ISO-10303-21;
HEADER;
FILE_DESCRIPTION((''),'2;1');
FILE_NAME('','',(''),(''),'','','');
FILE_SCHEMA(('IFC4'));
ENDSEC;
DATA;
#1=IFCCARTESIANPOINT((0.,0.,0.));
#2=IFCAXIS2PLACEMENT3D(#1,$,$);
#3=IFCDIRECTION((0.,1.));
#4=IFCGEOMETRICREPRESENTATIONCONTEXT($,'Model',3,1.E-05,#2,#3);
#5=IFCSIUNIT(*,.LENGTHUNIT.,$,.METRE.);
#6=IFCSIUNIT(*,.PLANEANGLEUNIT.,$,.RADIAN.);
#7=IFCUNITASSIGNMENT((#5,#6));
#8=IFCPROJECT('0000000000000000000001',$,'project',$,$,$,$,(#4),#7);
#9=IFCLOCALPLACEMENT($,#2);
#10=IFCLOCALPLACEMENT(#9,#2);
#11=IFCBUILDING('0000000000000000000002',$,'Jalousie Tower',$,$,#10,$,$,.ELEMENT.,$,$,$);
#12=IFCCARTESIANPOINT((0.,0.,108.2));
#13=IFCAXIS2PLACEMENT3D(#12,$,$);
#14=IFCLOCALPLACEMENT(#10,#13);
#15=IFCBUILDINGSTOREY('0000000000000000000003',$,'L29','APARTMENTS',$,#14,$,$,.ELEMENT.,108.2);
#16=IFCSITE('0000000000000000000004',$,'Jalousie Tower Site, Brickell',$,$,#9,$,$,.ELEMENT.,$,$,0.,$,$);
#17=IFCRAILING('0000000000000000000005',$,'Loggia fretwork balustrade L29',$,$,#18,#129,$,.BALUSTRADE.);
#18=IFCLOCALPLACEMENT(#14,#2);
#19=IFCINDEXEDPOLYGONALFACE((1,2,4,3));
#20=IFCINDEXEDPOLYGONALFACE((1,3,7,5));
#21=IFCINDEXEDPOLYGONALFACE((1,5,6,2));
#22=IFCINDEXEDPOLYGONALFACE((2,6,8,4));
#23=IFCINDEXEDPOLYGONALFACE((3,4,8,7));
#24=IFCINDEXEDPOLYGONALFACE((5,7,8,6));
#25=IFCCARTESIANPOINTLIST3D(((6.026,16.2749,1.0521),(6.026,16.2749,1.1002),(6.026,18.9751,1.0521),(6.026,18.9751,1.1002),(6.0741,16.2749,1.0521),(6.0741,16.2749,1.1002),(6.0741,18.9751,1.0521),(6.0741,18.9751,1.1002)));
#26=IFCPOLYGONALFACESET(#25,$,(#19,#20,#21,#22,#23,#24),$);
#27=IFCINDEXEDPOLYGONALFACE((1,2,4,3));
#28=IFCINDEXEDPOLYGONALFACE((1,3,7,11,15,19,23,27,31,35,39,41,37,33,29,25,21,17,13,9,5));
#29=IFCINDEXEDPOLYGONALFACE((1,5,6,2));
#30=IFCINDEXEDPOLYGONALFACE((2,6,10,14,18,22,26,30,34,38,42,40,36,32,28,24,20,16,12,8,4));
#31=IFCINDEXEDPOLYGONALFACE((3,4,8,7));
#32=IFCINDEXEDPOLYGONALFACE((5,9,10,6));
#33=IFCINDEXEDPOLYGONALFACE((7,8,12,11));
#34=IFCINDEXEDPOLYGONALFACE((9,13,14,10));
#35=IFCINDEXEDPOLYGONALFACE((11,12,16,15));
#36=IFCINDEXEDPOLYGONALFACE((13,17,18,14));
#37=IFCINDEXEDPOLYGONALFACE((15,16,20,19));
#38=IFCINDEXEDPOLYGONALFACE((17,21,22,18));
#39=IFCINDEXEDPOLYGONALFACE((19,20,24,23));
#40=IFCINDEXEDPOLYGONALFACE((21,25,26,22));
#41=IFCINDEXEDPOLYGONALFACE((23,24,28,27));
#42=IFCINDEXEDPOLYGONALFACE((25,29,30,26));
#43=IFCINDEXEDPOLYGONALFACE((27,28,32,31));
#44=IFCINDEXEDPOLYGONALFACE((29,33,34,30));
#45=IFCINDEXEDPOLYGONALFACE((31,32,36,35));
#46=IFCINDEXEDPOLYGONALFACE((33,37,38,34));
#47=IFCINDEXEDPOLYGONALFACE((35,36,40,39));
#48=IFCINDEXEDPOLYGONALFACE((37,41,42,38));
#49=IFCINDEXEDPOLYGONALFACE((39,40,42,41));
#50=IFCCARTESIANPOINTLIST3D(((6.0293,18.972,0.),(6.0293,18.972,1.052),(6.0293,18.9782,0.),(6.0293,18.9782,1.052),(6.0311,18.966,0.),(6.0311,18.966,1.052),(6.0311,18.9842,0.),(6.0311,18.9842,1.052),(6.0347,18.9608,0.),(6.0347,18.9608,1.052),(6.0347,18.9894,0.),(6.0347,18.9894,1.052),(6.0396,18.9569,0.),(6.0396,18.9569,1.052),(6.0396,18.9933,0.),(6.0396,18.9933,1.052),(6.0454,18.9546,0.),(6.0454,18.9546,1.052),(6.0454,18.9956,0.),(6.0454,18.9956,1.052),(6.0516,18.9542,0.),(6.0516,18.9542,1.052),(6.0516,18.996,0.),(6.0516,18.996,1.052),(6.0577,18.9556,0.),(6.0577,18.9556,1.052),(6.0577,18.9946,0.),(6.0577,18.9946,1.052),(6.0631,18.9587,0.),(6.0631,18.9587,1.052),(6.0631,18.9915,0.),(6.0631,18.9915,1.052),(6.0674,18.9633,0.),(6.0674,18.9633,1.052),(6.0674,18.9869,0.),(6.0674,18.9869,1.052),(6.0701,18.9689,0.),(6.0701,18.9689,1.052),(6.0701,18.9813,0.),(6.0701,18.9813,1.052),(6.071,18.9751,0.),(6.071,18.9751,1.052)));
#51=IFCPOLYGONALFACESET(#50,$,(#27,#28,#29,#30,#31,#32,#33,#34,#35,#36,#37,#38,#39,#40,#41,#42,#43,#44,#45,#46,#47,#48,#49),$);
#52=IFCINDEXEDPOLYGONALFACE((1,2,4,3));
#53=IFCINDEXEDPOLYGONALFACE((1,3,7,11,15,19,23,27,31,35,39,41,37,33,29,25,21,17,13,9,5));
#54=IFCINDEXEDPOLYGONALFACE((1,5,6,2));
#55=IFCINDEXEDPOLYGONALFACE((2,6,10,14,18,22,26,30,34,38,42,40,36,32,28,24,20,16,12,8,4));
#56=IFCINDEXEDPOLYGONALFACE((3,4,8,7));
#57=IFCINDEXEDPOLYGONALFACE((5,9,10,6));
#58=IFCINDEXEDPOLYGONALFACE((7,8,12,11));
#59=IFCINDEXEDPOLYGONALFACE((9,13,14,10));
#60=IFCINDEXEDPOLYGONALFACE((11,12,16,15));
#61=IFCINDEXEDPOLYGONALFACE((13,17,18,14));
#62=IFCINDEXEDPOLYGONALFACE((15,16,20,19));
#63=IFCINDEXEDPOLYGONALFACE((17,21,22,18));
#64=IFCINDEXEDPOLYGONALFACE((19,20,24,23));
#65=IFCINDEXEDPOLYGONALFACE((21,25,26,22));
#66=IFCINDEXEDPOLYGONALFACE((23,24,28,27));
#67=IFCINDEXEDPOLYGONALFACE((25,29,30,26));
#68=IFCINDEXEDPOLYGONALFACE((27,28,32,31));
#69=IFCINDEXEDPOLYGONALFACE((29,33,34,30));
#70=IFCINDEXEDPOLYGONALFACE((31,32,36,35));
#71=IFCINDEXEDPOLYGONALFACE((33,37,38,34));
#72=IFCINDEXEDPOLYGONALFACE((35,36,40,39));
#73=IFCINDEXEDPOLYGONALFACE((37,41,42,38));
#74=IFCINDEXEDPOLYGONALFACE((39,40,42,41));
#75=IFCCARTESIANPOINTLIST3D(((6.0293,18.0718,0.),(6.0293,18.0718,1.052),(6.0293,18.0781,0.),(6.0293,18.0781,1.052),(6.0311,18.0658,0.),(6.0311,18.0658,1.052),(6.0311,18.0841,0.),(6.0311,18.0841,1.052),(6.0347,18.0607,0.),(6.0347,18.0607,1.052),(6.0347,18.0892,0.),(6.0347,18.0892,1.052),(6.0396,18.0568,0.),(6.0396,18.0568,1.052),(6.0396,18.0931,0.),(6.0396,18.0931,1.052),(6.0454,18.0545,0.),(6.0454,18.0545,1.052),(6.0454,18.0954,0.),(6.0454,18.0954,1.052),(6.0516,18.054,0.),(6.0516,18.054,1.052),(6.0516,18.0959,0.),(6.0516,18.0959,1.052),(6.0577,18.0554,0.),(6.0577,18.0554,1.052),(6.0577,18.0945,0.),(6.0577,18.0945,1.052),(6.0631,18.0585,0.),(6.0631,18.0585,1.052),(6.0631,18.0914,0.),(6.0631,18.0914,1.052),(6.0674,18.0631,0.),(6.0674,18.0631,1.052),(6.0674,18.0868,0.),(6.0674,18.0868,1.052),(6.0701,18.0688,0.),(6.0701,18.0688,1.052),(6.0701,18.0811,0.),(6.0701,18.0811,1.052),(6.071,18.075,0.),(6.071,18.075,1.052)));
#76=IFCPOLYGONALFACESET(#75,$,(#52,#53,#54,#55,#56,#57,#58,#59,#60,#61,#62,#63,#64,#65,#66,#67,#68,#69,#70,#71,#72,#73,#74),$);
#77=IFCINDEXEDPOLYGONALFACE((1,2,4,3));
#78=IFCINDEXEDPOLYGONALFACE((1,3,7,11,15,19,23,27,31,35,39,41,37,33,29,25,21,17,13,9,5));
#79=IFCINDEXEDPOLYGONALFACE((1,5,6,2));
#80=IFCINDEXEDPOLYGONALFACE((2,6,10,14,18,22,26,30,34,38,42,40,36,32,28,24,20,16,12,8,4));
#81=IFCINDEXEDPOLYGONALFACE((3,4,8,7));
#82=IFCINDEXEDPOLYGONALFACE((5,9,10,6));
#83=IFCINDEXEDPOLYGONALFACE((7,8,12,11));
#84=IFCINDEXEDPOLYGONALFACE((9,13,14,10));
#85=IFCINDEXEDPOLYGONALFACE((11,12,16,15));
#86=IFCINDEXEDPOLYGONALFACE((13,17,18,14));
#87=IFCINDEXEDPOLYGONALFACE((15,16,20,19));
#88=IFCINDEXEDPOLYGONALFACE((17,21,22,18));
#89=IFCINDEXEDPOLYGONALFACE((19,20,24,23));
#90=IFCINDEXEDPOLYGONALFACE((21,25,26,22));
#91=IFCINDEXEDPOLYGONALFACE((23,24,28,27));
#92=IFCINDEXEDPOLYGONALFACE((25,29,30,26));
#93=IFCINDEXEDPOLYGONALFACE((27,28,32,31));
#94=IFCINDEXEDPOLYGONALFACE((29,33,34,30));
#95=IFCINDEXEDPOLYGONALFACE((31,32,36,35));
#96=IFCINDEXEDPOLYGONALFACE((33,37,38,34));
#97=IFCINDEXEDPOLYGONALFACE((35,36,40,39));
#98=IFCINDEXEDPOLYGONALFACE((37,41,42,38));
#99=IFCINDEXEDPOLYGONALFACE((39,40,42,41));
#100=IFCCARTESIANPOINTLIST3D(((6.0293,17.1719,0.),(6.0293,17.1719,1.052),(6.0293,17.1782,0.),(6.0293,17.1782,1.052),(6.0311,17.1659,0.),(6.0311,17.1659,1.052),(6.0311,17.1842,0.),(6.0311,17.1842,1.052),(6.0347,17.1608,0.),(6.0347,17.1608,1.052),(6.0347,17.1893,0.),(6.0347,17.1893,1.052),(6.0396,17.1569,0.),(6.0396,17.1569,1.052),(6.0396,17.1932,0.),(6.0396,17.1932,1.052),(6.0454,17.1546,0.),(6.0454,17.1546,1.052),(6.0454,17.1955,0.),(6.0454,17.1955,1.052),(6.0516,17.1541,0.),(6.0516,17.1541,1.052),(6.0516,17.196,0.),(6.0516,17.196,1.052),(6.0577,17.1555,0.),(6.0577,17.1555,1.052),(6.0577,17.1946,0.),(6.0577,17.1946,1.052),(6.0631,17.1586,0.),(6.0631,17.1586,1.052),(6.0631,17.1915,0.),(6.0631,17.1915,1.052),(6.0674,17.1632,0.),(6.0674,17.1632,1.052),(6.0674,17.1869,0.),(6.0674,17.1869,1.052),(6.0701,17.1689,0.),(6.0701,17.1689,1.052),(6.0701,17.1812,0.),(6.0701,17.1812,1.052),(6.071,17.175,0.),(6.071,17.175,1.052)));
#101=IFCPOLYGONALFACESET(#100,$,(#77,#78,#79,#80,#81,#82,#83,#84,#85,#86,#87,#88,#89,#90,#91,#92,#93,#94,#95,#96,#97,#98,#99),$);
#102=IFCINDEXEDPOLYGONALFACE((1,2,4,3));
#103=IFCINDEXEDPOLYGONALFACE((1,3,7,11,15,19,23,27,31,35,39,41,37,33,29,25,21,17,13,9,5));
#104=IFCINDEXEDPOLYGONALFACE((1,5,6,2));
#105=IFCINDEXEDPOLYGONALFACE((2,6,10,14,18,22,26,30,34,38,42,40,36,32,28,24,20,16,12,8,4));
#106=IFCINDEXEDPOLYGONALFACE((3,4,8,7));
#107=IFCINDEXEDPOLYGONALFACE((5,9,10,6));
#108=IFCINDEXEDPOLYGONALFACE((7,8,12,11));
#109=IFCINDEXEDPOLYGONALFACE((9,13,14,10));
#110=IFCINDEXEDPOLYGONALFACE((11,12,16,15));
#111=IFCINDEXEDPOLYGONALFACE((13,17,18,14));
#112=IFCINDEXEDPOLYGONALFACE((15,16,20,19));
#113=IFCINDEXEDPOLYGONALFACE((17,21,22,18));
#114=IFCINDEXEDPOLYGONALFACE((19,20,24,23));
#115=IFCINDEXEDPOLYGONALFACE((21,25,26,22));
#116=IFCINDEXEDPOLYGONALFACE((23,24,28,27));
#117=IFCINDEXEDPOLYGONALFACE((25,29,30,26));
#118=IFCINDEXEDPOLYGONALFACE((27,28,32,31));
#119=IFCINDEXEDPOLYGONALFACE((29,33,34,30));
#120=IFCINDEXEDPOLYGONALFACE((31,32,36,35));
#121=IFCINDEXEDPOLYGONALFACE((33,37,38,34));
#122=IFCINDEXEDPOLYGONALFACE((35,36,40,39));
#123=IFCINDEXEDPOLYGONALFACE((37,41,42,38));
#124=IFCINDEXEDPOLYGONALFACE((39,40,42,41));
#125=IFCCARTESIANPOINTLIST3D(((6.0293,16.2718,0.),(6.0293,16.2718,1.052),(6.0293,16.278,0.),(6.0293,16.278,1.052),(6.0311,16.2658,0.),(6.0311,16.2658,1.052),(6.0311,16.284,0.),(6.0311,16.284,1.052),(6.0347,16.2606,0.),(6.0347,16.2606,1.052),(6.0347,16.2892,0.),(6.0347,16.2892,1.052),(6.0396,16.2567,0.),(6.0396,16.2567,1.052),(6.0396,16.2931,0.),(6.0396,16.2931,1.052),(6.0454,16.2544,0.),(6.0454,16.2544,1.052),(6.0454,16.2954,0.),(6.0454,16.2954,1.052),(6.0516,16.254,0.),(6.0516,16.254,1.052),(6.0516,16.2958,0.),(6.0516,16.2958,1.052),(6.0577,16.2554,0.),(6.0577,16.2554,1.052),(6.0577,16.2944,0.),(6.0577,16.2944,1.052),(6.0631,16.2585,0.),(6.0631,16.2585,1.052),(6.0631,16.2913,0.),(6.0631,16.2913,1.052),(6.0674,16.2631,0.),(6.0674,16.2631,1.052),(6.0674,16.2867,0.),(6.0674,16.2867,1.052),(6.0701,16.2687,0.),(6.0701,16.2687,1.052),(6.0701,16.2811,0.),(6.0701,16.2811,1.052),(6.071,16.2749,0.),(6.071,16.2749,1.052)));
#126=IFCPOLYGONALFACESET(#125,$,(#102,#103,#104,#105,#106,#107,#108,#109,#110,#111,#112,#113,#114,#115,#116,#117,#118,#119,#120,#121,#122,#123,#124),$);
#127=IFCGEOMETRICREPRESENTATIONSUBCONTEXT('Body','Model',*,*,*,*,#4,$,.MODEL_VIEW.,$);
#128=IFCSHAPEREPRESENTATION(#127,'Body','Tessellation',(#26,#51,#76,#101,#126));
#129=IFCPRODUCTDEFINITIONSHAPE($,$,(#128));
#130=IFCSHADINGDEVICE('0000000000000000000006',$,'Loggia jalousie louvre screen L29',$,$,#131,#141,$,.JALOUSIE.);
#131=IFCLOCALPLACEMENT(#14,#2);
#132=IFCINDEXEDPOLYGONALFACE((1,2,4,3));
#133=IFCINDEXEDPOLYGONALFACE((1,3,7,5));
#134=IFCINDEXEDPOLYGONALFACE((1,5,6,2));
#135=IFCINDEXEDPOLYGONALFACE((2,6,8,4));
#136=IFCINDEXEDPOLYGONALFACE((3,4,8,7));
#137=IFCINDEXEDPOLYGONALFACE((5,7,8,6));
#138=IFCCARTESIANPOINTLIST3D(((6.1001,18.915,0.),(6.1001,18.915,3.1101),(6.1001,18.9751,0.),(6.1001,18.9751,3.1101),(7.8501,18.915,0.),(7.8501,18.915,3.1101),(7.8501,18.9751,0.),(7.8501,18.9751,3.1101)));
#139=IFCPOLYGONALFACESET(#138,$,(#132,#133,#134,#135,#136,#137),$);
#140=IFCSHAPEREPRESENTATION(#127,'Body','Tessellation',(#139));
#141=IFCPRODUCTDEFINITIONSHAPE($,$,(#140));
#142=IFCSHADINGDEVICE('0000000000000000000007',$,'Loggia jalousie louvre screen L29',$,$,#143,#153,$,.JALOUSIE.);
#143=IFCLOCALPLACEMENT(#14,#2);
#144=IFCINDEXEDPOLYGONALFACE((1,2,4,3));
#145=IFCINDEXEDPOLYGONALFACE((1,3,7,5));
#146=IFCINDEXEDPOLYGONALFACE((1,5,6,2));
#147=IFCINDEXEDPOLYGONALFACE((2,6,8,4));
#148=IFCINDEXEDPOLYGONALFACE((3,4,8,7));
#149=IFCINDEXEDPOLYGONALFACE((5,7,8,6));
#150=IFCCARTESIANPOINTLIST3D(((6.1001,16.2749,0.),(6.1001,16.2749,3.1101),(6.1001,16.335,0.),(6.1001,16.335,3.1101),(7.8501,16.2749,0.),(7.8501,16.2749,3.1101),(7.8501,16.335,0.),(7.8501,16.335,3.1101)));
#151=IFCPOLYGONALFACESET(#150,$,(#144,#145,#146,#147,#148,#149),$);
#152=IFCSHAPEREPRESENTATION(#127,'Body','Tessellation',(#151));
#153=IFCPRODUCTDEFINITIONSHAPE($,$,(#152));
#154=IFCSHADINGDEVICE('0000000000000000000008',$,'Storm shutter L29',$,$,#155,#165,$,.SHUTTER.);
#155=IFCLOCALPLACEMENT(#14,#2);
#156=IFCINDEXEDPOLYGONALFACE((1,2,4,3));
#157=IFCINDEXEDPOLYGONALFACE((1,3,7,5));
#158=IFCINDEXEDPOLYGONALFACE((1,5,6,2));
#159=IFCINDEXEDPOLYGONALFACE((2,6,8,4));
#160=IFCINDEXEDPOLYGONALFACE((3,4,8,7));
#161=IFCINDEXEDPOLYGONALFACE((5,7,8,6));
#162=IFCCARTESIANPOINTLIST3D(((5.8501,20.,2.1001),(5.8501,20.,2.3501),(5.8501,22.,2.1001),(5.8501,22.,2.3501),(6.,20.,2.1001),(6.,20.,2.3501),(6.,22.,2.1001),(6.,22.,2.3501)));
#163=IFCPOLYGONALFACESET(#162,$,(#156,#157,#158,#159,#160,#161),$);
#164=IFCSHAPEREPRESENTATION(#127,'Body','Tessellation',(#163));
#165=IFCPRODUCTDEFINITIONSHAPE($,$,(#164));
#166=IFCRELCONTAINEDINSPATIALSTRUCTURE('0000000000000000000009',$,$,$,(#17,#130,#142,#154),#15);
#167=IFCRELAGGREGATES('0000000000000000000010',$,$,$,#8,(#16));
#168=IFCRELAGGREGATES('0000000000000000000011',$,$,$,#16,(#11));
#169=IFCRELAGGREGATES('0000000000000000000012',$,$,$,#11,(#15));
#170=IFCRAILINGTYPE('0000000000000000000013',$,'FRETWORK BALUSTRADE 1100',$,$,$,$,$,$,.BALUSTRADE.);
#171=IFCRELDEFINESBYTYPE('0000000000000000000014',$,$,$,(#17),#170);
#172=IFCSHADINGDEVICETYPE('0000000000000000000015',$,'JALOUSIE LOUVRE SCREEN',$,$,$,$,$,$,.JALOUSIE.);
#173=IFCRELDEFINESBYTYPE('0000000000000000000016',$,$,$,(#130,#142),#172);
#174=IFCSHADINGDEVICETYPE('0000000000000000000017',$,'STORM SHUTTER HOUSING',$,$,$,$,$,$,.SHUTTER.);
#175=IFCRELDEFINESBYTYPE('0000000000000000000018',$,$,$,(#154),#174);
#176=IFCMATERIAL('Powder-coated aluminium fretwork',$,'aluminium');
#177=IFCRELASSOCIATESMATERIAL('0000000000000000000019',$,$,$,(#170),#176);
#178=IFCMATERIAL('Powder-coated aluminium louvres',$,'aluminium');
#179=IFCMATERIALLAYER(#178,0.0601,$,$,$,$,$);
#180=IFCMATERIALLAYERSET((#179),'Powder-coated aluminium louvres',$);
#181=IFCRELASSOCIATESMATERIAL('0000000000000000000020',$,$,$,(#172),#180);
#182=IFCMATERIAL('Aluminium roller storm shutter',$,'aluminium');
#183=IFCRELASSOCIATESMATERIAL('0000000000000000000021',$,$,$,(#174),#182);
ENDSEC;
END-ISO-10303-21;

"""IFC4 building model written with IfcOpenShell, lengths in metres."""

from ifc_helpers import new_model, si_unit, direction, frame, origin, origin_2d, place, context, subcontext, project, spatial, rectangle, circle, extrude, material, layer, layer_set, type_object, element, save


model = new_model("IFC4")

# Units and contexts
model_context = context("Model", 3, precision=1e-05, world=origin(), true_north=direction((0.0, 1.0)))
body_context = subcontext(model_context, "Body", "Model", "MODEL_VIEW")
ifc_project = project(units=[si_unit("LENGTHUNIT", "METRE"), si_unit("PLANEANGLEUNIT", "RADIAN")], contexts=[model_context])

# Site, building, storey
site_placement = place(None, origin())
site = spatial("IfcSite", under=ifc_project, at=site_placement, Name="Jalousie Tower Site, Brickell", CompositionType="ELEMENT", RefElevation=0.0)
building_placement = place(site_placement, origin())
building = spatial("IfcBuilding", under=site, at=building_placement, Name="Jalousie Tower", CompositionType="ELEMENT")
storey_placement = place(building_placement, frame((0.0, 0.0, 108.2)))
storey = spatial("IfcBuildingStorey", under=building, at=storey_placement, Name="L29", Description="APARTMENTS", CompositionType="ELEMENT", Elevation=108.2)

# Railing
ifc_material_1 = material(Name="Powder-coated aluminium fretwork", Category="aluminium")
railing_type = type_object("IfcRailingType", Name="FRETWORK BALUSTRADE 1100", PredefinedType="BALUSTRADE", material=ifc_material_1)
railing_placement = place(storey_placement, frame((6.05, 18.9751, 0.0)))
element("IfcRailing", 1, at=railing_placement, inside=storey, type_object=railing_type, Name="Loggia fretwork balustrade L29", PredefinedType="BALUSTRADE", context=body_context, shape_type="SweptSolid", body=[
    extrude(rectangle(XDim=0.0481, YDim=0.0481, at=origin_2d()), frame((0.0, 0.0, 1.0762), z_axis=(0.0, -1.0, 0.0), x_axis=(1.0, 0.0, 0.0)), (0.0, 0.0, 1.0), 2.7002),
    extrude(circle(Radius=0.021, at=origin_2d()), origin(), (0.0, 0.0, 1.0), 1.052),
    extrude(circle(Radius=0.021, at=origin_2d()), frame((0.0, -0.9001, 0.0)), (0.0, 0.0, 1.0), 1.052),
    extrude(circle(Radius=0.021, at=origin_2d()), frame((0.0, -1.8, 0.0)), (0.0, 0.0, 1.0), 1.052),
    extrude(circle(Radius=0.021, at=origin_2d()), frame((0.0, -2.7002, 0.0)), (0.0, 0.0, 1.0), 1.052),
])

# Shading devices
ifc_material_2 = material(Name="Powder-coated aluminium louvres", Category="aluminium")
ifc_layer_1 = layer(ifc_material_2, 0.0601)
ifc_layer_set_1 = layer_set([ifc_layer_1], Name="Powder-coated aluminium louvres")
shading_device_type_1 = type_object("IfcShadingDeviceType", Name="JALOUSIE LOUVRE SCREEN", PredefinedType="JALOUSIE", material=ifc_layer_set_1)
for number, where, z_axis, x_axis, name in (
    (2, (6.9751, 18.9451, 0.0), (0.0, 0.0, 1.0), (0.0, -1.0, 0.0), "Loggia jalousie louvre screen L29"),
    (3, (6.9751, 16.3049, 0.0), (0.0, 0.0, 1.0), (0.0, -1.0, 0.0), "Loggia jalousie louvre screen L29"),
):
    element("IfcShadingDevice", number, at=place(storey_placement, frame(where, z_axis=z_axis, x_axis=x_axis)), inside=storey, type_object=shading_device_type_1, Name=name, PredefinedType="JALOUSIE", context=body_context, shape_type="SweptSolid", body=[
        extrude(rectangle(XDim=0.0601, YDim=1.75, at=origin_2d()), origin(), (0.0, 0.0, 1.0), 3.1101),
    ])
ifc_material_3 = material(Name="Aluminium roller storm shutter", Category="aluminium")
shading_device_type_2 = type_object("IfcShadingDeviceType", Name="STORM SHUTTER HOUSING", PredefinedType="SHUTTER", material=ifc_material_3)
shading_device_placement = place(storey_placement, frame((5.925, 21.0, 2.1001), z_axis=(0.0, 0.0, 1.0), x_axis=(0.0, -1.0, 0.0)))
element("IfcShadingDevice", 4, at=shading_device_placement, inside=storey, type_object=shading_device_type_2, Name="Storm shutter L29", PredefinedType="SHUTTER", context=body_context, shape_type="SweptSolid", body=[
    extrude(rectangle(XDim=2.0, YDim=0.1499, at=origin_2d()), origin(), (0.0, 0.0, 1.0), 0.25),
])

save(model, "model.ifc")
